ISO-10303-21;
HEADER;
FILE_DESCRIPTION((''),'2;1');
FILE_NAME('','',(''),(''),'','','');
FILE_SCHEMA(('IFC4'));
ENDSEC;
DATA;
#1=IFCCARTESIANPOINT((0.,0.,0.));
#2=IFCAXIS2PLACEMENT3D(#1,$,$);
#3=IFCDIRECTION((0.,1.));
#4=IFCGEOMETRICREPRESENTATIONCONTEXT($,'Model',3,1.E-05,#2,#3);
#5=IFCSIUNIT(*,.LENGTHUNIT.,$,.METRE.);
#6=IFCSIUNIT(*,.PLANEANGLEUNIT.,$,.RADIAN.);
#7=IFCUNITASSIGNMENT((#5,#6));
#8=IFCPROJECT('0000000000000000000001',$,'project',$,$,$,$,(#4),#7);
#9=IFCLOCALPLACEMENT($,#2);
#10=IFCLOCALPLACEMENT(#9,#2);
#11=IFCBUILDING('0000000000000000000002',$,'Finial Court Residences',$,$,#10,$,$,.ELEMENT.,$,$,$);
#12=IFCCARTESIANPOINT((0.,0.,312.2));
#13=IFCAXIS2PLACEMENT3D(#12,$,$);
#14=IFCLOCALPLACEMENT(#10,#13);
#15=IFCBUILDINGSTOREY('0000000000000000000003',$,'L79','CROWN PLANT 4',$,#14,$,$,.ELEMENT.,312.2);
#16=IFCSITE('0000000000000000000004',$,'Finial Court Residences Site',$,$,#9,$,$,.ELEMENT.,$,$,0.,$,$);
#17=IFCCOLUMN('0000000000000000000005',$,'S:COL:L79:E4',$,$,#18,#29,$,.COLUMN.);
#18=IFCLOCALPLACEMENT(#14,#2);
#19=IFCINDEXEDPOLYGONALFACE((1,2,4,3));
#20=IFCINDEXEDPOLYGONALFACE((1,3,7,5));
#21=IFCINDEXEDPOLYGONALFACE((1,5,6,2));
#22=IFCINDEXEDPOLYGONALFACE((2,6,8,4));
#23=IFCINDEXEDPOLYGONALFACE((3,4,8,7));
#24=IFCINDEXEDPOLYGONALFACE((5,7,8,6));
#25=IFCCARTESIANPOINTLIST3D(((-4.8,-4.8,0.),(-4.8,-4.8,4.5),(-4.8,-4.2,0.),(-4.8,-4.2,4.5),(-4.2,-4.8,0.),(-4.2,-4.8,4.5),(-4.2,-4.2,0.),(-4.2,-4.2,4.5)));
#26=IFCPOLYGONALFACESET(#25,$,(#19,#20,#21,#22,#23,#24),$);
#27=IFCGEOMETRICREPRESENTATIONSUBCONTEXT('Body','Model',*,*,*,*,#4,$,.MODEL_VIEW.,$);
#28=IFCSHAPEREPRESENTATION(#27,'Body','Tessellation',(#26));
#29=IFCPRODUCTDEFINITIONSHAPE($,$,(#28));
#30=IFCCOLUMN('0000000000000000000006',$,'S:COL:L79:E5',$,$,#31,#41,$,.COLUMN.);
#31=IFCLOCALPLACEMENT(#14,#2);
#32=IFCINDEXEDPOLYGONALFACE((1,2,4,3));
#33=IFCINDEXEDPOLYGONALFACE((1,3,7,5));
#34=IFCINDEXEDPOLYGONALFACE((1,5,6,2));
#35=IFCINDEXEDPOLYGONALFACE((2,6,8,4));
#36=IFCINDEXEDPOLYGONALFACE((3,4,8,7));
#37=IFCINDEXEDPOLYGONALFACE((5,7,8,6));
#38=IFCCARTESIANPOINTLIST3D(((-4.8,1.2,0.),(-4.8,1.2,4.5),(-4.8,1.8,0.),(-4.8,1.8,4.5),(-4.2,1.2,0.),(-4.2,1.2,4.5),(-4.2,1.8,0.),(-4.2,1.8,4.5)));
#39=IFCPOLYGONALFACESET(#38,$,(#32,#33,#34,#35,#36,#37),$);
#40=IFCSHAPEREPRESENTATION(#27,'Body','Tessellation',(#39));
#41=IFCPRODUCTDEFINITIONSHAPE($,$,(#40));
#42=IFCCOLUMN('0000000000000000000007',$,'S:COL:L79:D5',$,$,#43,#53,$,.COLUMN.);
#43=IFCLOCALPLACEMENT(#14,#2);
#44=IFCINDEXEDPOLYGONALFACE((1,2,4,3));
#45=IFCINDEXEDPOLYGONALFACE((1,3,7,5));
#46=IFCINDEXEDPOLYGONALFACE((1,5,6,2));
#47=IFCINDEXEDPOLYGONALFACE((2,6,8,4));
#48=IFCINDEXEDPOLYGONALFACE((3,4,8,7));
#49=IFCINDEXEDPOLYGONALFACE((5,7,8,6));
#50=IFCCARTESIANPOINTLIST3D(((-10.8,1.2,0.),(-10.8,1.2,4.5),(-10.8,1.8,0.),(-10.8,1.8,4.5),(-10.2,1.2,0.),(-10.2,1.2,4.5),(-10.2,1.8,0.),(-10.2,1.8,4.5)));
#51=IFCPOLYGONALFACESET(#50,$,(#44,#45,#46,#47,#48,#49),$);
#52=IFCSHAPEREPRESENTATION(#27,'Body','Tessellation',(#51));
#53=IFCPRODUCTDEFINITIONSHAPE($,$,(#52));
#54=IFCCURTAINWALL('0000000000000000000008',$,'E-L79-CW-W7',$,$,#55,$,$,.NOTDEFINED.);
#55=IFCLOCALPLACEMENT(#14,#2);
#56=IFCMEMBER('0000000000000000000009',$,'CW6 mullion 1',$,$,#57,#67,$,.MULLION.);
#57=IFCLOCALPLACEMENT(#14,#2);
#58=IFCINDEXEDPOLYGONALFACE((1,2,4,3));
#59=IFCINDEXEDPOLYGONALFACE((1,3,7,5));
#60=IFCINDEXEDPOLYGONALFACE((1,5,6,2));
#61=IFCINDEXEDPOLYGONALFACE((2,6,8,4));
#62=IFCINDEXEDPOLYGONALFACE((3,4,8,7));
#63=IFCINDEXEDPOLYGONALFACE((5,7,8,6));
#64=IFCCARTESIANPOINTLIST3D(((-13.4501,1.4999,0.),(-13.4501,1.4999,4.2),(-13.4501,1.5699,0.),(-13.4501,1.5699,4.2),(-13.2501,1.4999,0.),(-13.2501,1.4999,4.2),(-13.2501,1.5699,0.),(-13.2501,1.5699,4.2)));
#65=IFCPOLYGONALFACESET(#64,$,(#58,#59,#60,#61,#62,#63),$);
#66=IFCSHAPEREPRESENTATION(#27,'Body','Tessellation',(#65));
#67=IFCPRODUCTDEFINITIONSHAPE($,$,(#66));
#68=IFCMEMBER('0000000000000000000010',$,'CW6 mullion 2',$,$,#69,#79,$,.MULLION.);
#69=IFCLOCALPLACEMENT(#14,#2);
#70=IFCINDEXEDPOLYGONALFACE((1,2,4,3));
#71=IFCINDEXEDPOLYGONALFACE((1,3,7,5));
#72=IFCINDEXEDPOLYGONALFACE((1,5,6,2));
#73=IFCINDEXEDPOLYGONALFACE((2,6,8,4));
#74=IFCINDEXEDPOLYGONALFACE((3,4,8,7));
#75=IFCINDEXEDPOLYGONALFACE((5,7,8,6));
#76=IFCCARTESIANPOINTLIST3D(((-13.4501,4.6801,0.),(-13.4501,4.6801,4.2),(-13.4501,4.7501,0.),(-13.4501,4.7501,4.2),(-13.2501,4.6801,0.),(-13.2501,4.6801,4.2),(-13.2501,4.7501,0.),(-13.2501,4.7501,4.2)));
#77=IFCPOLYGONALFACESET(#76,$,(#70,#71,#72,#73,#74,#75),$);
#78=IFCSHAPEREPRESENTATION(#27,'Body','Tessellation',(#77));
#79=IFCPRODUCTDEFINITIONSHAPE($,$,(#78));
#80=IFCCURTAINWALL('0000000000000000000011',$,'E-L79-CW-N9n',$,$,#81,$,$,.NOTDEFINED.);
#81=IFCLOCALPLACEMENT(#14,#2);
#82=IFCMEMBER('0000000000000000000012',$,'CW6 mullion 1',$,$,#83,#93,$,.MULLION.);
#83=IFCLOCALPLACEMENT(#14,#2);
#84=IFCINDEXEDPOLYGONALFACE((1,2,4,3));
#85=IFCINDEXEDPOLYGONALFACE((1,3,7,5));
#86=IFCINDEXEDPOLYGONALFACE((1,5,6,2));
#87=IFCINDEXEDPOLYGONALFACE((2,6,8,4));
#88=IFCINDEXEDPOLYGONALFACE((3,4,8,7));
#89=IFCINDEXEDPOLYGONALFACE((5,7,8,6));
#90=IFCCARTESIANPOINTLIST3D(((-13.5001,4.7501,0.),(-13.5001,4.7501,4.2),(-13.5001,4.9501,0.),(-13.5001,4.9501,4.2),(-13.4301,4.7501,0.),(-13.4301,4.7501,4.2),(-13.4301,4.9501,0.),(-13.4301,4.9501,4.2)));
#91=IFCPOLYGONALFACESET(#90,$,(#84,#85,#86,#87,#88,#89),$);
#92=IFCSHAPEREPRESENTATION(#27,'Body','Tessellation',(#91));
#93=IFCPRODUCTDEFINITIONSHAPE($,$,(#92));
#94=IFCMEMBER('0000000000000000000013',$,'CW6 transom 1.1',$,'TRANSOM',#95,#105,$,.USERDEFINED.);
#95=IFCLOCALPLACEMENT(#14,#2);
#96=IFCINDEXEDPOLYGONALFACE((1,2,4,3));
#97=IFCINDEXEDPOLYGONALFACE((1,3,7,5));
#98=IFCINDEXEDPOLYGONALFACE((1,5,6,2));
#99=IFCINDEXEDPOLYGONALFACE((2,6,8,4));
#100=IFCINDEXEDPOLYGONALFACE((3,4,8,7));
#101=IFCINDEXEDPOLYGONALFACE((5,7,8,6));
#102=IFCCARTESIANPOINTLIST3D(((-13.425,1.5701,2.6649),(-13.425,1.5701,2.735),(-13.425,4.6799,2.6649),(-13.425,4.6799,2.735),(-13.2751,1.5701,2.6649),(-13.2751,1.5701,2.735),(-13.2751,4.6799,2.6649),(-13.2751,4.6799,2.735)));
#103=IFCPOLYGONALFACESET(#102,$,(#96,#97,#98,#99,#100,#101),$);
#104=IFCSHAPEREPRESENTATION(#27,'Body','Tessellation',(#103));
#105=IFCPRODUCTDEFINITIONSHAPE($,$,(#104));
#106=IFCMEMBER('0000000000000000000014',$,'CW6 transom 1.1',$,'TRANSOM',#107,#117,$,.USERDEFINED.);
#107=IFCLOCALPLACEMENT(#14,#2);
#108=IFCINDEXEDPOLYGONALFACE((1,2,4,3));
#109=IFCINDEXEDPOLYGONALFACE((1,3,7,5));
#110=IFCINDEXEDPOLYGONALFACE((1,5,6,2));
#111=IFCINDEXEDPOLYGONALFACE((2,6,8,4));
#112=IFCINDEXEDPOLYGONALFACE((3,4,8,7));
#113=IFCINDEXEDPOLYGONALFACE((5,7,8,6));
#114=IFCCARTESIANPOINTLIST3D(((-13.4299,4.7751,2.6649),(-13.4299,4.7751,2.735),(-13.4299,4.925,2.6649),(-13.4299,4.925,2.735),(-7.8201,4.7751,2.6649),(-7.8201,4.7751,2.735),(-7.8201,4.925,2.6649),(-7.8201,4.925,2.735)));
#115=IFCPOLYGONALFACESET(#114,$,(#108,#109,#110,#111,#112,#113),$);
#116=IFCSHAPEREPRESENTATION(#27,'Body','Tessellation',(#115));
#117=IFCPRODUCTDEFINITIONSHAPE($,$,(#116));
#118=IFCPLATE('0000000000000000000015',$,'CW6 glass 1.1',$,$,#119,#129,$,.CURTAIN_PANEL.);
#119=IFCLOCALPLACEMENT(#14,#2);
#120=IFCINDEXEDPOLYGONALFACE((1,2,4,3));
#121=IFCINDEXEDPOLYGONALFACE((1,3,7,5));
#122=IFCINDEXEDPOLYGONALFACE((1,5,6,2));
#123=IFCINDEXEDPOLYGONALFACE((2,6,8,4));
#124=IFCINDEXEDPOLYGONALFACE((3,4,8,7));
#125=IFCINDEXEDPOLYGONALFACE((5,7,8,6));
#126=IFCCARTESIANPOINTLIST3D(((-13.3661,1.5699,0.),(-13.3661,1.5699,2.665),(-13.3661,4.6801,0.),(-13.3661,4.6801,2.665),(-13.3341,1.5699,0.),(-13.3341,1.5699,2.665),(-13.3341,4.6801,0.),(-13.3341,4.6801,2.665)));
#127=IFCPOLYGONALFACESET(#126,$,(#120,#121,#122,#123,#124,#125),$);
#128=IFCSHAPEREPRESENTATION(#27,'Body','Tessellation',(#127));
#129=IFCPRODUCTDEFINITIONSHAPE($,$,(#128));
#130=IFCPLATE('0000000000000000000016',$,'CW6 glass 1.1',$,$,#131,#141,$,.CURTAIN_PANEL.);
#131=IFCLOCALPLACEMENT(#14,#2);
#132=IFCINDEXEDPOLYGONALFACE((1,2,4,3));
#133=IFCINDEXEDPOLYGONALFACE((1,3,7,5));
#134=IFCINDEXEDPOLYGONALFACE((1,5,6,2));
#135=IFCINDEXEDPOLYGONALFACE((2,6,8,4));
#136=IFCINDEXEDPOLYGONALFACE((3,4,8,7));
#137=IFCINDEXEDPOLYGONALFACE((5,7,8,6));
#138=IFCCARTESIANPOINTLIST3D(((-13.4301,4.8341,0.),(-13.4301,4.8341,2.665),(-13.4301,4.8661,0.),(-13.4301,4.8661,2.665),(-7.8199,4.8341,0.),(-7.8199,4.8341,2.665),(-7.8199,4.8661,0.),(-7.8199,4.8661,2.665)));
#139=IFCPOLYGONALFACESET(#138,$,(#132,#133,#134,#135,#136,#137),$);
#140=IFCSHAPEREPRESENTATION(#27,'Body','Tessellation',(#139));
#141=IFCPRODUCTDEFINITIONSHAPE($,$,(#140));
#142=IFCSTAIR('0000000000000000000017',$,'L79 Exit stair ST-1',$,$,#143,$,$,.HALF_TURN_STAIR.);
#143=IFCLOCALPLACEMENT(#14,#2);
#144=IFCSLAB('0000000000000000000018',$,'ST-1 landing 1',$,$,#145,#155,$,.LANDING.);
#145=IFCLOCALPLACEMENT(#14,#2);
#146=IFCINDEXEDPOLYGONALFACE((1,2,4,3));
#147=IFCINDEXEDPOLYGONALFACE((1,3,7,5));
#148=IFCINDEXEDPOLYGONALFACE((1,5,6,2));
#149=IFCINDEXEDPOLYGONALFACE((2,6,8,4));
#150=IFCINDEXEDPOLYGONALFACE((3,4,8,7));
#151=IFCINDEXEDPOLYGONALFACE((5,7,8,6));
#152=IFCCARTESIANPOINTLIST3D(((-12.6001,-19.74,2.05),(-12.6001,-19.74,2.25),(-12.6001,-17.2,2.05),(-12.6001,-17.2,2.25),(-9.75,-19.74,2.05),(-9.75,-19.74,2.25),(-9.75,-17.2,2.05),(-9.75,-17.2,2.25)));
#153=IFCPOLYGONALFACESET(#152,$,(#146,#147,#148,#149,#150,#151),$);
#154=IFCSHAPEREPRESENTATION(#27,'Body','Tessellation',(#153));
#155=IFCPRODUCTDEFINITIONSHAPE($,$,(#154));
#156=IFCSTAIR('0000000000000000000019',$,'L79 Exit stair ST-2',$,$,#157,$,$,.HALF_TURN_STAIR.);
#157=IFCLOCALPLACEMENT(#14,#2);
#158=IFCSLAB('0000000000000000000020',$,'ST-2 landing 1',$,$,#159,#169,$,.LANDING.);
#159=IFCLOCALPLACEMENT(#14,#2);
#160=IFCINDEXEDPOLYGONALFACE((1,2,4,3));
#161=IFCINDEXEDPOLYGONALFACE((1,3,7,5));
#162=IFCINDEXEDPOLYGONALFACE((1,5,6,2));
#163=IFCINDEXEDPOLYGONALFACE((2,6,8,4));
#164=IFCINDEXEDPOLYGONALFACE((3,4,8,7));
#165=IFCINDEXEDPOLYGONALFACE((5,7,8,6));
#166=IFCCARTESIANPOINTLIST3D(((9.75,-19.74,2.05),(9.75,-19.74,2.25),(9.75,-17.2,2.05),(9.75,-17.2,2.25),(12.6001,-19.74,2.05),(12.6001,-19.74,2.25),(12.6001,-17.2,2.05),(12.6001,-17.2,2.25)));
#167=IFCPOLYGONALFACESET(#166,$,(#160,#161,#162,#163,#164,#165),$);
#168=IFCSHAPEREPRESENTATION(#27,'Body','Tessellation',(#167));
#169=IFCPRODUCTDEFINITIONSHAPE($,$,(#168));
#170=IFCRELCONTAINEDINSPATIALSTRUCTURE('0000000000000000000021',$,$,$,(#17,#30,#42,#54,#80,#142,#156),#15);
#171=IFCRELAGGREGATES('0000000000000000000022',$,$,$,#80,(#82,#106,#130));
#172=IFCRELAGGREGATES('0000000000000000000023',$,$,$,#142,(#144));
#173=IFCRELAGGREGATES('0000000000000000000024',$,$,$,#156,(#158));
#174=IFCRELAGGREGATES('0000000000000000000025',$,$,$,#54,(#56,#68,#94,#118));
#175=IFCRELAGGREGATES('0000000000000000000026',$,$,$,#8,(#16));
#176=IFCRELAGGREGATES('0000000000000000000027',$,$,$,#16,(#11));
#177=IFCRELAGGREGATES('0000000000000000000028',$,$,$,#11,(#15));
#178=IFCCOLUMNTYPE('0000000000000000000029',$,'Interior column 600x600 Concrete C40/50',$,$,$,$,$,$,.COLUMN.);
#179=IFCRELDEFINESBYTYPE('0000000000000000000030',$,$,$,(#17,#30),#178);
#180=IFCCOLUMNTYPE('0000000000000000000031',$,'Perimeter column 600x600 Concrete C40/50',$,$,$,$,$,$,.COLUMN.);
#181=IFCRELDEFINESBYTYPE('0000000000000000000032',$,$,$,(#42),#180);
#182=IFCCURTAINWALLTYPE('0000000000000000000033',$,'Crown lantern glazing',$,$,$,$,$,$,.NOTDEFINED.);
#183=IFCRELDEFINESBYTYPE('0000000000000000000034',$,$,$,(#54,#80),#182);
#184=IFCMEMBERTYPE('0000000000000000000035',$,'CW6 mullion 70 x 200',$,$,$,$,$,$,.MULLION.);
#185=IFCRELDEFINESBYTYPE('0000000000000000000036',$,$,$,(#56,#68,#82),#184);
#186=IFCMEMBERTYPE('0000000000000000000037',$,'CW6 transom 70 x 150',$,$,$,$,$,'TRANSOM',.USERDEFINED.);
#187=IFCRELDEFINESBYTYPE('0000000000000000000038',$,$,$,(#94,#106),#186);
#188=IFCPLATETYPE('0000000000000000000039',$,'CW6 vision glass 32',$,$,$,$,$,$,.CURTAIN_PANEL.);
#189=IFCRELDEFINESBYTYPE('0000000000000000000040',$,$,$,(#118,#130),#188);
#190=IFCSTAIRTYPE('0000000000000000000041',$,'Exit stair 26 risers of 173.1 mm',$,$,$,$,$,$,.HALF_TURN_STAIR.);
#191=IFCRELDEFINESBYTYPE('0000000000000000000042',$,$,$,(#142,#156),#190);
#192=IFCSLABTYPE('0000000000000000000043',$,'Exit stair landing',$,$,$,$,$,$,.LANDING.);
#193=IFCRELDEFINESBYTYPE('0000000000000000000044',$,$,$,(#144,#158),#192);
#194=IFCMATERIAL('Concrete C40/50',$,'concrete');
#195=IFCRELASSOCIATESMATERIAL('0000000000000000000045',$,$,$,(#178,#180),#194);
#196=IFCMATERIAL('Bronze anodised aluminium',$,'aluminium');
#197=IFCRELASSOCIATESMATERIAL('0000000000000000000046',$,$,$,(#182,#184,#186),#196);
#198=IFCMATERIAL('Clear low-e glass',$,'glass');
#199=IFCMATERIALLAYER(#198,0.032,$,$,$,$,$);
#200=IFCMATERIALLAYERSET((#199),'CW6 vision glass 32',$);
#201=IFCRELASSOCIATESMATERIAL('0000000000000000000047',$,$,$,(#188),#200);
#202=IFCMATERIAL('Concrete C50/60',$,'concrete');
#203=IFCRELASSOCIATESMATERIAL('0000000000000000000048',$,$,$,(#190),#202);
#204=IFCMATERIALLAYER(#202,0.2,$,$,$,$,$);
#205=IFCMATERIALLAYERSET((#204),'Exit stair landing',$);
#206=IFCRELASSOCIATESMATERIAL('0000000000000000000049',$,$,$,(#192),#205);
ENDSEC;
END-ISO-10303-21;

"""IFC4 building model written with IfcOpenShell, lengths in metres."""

from ifc_helpers import new_model, si_unit, direction, frame, origin, origin_2d, place, context, subcontext, project, spatial, polyline, rectangle, outline, extrude, material, layer, layer_set, material_profile, profile_set, type_object, element, aggregate, save


model = new_model("IFC4")

# Units and contexts
model_context = context("Model", 3, precision=1e-05, world=origin(), true_north=direction((0.0, 1.0)))
body_context = subcontext(model_context, "Body", "Model", "MODEL_VIEW")
ifc_project = project(units=[si_unit("LENGTHUNIT", "METRE"), si_unit("PLANEANGLEUNIT", "RADIAN")], contexts=[model_context])

# Site, building, storey
site_placement = place(None, origin())
site = spatial("IfcSite", under=ifc_project, at=site_placement, Name="Finial Court Residences Site", CompositionType="ELEMENT", RefElevation=0.0)
building_placement = place(site_placement, origin())
building = spatial("IfcBuilding", under=site, at=building_placement, Name="Finial Court Residences", CompositionType="ELEMENT")
storey_placement = place(building_placement, frame((0.0, 0.0, 312.2)))
storey = spatial("IfcBuildingStorey", under=building, at=storey_placement, Name="L79", Description="CROWN PLANT 4", CompositionType="ELEMENT", Elevation=312.2)

# Columns
ifc_material_1 = material(Name="Concrete C40/50", Category="concrete")
ifc_material_profile_1 = material_profile(ifc_material_1, rectangle(XDim=0.6001, YDim=0.6001, at=origin_2d()), Name="600x600")
ifc_profile_set_1 = profile_set([ifc_material_profile_1], Name="Concrete C40/50")
column_type_1 = type_object("IfcColumnType", Name="Interior column 600x600 Concrete C40/50", PredefinedType="COLUMN", material=ifc_profile_set_1)
for number, where, z_axis, x_axis, name in (
    (1, (-4.5, -4.5, 0.0), (0.0, 0.0, 1.0), (1.0, 0.0, 0.0), "S:COL:L79:E4"),
    (2, (-4.5, 1.5, 0.0), (0.0, 0.0, 1.0), (1.0, 0.0, 0.0), "S:COL:L79:E5"),
):
    element("IfcColumn", number, at=place(storey_placement, frame(where, z_axis=z_axis, x_axis=x_axis)), inside=storey, type_object=column_type_1, Name=name, PredefinedType="COLUMN", context=body_context, shape_type="SweptSolid", body=[
        extrude(rectangle(XDim=0.6001, YDim=0.6001, at=origin_2d()), origin(), (0.0, 0.0, 1.0), 4.5),
    ])
ifc_material_profile_2 = material_profile(ifc_material_1, rectangle(XDim=0.6001, YDim=0.6001, at=origin_2d()), Name="600x600")
ifc_profile_set_2 = profile_set([ifc_material_profile_2], Name="Concrete C40/50")
column_type_2 = type_object("IfcColumnType", Name="Perimeter column 600x600 Concrete C40/50", PredefinedType="COLUMN", material=ifc_profile_set_2)
column_placement = place(storey_placement, frame((-10.5, 1.5, 0.0), z_axis=(0.0, 0.0, 1.0), x_axis=(1.0, 0.0, 0.0)))
element("IfcColumn", 3, at=column_placement, inside=storey, type_object=column_type_2, Name="S:COL:L79:D5", PredefinedType="COLUMN", context=body_context, shape_type="SweptSolid", body=[
    extrude(rectangle(XDim=0.6001, YDim=0.6001, at=origin_2d()), origin(), (0.0, 0.0, 1.0), 4.5),
])

# Curtain wall, members
ifc_material_2 = material(Name="Bronze anodised aluminium", Category="aluminium")
curtain_wall_type = type_object("IfcCurtainWallType", Name="Crown lantern glazing", PredefinedType="NOTDEFINED", material=ifc_material_2)
curtain_wall_1_placement = place(storey_placement, origin())
curtain_wall_1 = element("IfcCurtainWall", 4, at=curtain_wall_1_placement, inside=storey, type_object=curtain_wall_type, Name="E-L79-CW-W7", PredefinedType="NOTDEFINED")
ifc_material_profile_3 = material_profile(ifc_material_2, rectangle(XDim=0.2, YDim=0.0701, at=origin_2d()), Name="CW6 mullion 70 x 200")
ifc_profile_set_3 = profile_set([ifc_material_profile_3], Name="Bronze anodised aluminium")
member_type_1 = type_object("IfcMemberType", Name="CW6 mullion 70 x 200", PredefinedType="MULLION", material=ifc_profile_set_3)
member_1_placement = place(storey_placement, frame((-13.3501, 1.5349, 0.0), z_axis=(0.0, 0.0, 1.0), x_axis=(-1.0, 0.0, 0.0)))
member_1 = element("IfcMember", 5, at=member_1_placement, type_object=member_type_1, Name="CW6 mullion 1", PredefinedType="MULLION", context=body_context, shape_type="SweptSolid", body=[
    extrude(rectangle(XDim=0.2, YDim=0.0701, at=origin_2d()), origin(), (0.0, 0.0, 1.0), 4.2),
])
member_2_placement = place(storey_placement, frame((-13.3501, 4.7151, 0.0), z_axis=(0.0, 0.0, 1.0), x_axis=(-1.0, 0.0, 0.0)))
member_2 = element("IfcMember", 6, at=member_2_placement, type_object=member_type_1, Name="CW6 mullion 2", PredefinedType="MULLION", context=body_context, shape_type="SweptSolid", body=[
    extrude(rectangle(XDim=0.2, YDim=0.0701, at=origin_2d()), origin(), (0.0, 0.0, 1.0), 4.2),
])

# Curtain wall, member
curtain_wall_2_placement = place(storey_placement, origin())
curtain_wall_2 = element("IfcCurtainWall", 7, at=curtain_wall_2_placement, inside=storey, type_object=curtain_wall_type, Name="E-L79-CW-N9n", PredefinedType="NOTDEFINED")
member_3_placement = place(storey_placement, frame((-13.4651, 4.8501, 0.0), z_axis=(0.0, 0.0, 1.0), x_axis=(0.0, 1.0, 0.0)))
member_3 = element("IfcMember", 8, at=member_3_placement, type_object=member_type_1, Name="CW6 mullion 1", PredefinedType="MULLION", context=body_context, shape_type="SweptSolid", body=[
    extrude(rectangle(XDim=0.2, YDim=0.0701, at=origin_2d()), origin(), (0.0, 0.0, 1.0), 4.2),
])

# Members
ifc_material_profile_4 = material_profile(ifc_material_2, rectangle(XDim=0.1499, YDim=0.0701, at=origin_2d()), Name="CW6 transom 70 x 150")
ifc_profile_set_4 = profile_set([ifc_material_profile_4], Name="Bronze anodised aluminium")
member_type_2 = type_object("IfcMemberType", Name="CW6 transom 70 x 150", ElementType="TRANSOM", PredefinedType="USERDEFINED", material=ifc_profile_set_4)
member_4_placement = place(storey_placement, frame((-13.3501, 1.5701, 2.7), z_axis=(0.0, 1.0, 0.0), x_axis=(-1.0, 0.0, 0.0)))
member_4 = element("IfcMember", 9, at=member_4_placement, type_object=member_type_2, Name="CW6 transom 1.1", ObjectType="TRANSOM", PredefinedType="USERDEFINED", context=body_context, shape_type="SweptSolid", body=[
    extrude(rectangle(XDim=0.1499, YDim=0.0701, at=origin_2d()), origin(), (0.0, 0.0, 1.0), 3.1099),
])
member_5_placement = place(storey_placement, frame((-13.4299, 4.8501, 2.7), z_axis=(1.0, 0.0, 0.0), x_axis=(0.0, 1.0, 0.0)))
member_5 = element("IfcMember", 10, at=member_5_placement, type_object=member_type_2, Name="CW6 transom 1.1", ObjectType="TRANSOM", PredefinedType="USERDEFINED", context=body_context, shape_type="SweptSolid", body=[
    extrude(rectangle(XDim=0.1499, YDim=0.0701, at=origin_2d()), origin(), (0.0, 0.0, 1.0), 5.6099),
])

# Plates
ifc_material_3 = material(Name="Clear low-e glass", Category="glass")
ifc_layer_1 = layer(ifc_material_3, 0.032)
ifc_layer_set_1 = layer_set([ifc_layer_1], Name="CW6 vision glass 32")
plate_type = type_object("IfcPlateType", Name="CW6 vision glass 32", PredefinedType="CURTAIN_PANEL", material=ifc_layer_set_1)
plate_1_placement = place(storey_placement, frame((-13.3501, 3.125, 0.0), z_axis=(0.0, 0.0, 1.0), x_axis=(0.0, 1.0, 0.0)))
plate_1 = element("IfcPlate", 11, at=plate_1_placement, type_object=plate_type, Name="CW6 glass 1.1", PredefinedType="CURTAIN_PANEL", context=body_context, shape_type="SweptSolid", body=[
    extrude(rectangle(XDim=3.1101, YDim=0.032, at=origin_2d()), origin(), (0.0, 0.0, 1.0), 2.665),
])
plate_2_placement = place(storey_placement, frame((-10.625, 4.8501, 0.0), z_axis=(0.0, 0.0, 1.0), x_axis=(1.0, 0.0, 0.0)))
plate_2 = element("IfcPlate", 12, at=plate_2_placement, type_object=plate_type, Name="CW6 glass 1.1", PredefinedType="CURTAIN_PANEL", context=body_context, shape_type="SweptSolid", body=[
    extrude(rectangle(XDim=5.6101, YDim=0.032, at=origin_2d()), origin(), (0.0, 0.0, 1.0), 2.665),
])
aggregate(curtain_wall_2, [member_3, member_5, plate_2])

# Stairs, slabs
ifc_material_4 = material(Name="Concrete C50/60", Category="concrete")
stair_type = type_object("IfcStairType", Name="Exit stair 26 risers of 173.1 mm", PredefinedType="HALF_TURN_STAIR", material=ifc_material_4)
stair_1_placement = place(storey_placement, origin())
stair_1 = element("IfcStair", 13, at=stair_1_placement, inside=storey, type_object=stair_type, Name="L79 Exit stair ST-1", PredefinedType="HALF_TURN_STAIR")
ifc_layer_2 = layer(ifc_material_4, 0.2)
ifc_layer_set_2 = layer_set([ifc_layer_2], Name="Exit stair landing")
slab_type_1 = type_object("IfcSlabType", Name="Exit stair landing", PredefinedType="LANDING", material=ifc_layer_set_2)
slab_1_placement = place(storey_placement, frame((0.0, 0.0, 2.05)))
slab_1 = element("IfcSlab", 14, at=slab_1_placement, type_object=slab_type_1, Name="ST-1 landing 1", PredefinedType="LANDING", context=body_context, shape_type="SweptSolid", body=[
    extrude(outline(polyline([(-9.75, -19.74), (-9.75, -17.2), (-12.6001, -17.2), (-12.6001, -19.74), (-9.75, -19.74)])), origin(), (0.0, 0.0, 1.0), 0.2),
])
aggregate(stair_1, [slab_1])
stair_2_placement = place(storey_placement, origin())
stair_2 = element("IfcStair", 15, at=stair_2_placement, inside=storey, type_object=stair_type, Name="L79 Exit stair ST-2", PredefinedType="HALF_TURN_STAIR")
slab_2_placement = place(storey_placement, frame((0.0, 0.0, 2.05)))
slab_2 = element("IfcSlab", 16, at=slab_2_placement, type_object=slab_type_1, Name="ST-2 landing 1", PredefinedType="LANDING", context=body_context, shape_type="SweptSolid", body=[
    extrude(outline(polyline([(12.6001, -19.74), (12.6001, -17.2), (9.75, -17.2), (9.75, -19.74), (12.6001, -19.74)])), origin(), (0.0, 0.0, 1.0), 0.2),
])
aggregate(stair_2, [slab_2])

aggregate(curtain_wall_1, [member_1, member_2, member_4, plate_1])

save(model, "model.ifc")
